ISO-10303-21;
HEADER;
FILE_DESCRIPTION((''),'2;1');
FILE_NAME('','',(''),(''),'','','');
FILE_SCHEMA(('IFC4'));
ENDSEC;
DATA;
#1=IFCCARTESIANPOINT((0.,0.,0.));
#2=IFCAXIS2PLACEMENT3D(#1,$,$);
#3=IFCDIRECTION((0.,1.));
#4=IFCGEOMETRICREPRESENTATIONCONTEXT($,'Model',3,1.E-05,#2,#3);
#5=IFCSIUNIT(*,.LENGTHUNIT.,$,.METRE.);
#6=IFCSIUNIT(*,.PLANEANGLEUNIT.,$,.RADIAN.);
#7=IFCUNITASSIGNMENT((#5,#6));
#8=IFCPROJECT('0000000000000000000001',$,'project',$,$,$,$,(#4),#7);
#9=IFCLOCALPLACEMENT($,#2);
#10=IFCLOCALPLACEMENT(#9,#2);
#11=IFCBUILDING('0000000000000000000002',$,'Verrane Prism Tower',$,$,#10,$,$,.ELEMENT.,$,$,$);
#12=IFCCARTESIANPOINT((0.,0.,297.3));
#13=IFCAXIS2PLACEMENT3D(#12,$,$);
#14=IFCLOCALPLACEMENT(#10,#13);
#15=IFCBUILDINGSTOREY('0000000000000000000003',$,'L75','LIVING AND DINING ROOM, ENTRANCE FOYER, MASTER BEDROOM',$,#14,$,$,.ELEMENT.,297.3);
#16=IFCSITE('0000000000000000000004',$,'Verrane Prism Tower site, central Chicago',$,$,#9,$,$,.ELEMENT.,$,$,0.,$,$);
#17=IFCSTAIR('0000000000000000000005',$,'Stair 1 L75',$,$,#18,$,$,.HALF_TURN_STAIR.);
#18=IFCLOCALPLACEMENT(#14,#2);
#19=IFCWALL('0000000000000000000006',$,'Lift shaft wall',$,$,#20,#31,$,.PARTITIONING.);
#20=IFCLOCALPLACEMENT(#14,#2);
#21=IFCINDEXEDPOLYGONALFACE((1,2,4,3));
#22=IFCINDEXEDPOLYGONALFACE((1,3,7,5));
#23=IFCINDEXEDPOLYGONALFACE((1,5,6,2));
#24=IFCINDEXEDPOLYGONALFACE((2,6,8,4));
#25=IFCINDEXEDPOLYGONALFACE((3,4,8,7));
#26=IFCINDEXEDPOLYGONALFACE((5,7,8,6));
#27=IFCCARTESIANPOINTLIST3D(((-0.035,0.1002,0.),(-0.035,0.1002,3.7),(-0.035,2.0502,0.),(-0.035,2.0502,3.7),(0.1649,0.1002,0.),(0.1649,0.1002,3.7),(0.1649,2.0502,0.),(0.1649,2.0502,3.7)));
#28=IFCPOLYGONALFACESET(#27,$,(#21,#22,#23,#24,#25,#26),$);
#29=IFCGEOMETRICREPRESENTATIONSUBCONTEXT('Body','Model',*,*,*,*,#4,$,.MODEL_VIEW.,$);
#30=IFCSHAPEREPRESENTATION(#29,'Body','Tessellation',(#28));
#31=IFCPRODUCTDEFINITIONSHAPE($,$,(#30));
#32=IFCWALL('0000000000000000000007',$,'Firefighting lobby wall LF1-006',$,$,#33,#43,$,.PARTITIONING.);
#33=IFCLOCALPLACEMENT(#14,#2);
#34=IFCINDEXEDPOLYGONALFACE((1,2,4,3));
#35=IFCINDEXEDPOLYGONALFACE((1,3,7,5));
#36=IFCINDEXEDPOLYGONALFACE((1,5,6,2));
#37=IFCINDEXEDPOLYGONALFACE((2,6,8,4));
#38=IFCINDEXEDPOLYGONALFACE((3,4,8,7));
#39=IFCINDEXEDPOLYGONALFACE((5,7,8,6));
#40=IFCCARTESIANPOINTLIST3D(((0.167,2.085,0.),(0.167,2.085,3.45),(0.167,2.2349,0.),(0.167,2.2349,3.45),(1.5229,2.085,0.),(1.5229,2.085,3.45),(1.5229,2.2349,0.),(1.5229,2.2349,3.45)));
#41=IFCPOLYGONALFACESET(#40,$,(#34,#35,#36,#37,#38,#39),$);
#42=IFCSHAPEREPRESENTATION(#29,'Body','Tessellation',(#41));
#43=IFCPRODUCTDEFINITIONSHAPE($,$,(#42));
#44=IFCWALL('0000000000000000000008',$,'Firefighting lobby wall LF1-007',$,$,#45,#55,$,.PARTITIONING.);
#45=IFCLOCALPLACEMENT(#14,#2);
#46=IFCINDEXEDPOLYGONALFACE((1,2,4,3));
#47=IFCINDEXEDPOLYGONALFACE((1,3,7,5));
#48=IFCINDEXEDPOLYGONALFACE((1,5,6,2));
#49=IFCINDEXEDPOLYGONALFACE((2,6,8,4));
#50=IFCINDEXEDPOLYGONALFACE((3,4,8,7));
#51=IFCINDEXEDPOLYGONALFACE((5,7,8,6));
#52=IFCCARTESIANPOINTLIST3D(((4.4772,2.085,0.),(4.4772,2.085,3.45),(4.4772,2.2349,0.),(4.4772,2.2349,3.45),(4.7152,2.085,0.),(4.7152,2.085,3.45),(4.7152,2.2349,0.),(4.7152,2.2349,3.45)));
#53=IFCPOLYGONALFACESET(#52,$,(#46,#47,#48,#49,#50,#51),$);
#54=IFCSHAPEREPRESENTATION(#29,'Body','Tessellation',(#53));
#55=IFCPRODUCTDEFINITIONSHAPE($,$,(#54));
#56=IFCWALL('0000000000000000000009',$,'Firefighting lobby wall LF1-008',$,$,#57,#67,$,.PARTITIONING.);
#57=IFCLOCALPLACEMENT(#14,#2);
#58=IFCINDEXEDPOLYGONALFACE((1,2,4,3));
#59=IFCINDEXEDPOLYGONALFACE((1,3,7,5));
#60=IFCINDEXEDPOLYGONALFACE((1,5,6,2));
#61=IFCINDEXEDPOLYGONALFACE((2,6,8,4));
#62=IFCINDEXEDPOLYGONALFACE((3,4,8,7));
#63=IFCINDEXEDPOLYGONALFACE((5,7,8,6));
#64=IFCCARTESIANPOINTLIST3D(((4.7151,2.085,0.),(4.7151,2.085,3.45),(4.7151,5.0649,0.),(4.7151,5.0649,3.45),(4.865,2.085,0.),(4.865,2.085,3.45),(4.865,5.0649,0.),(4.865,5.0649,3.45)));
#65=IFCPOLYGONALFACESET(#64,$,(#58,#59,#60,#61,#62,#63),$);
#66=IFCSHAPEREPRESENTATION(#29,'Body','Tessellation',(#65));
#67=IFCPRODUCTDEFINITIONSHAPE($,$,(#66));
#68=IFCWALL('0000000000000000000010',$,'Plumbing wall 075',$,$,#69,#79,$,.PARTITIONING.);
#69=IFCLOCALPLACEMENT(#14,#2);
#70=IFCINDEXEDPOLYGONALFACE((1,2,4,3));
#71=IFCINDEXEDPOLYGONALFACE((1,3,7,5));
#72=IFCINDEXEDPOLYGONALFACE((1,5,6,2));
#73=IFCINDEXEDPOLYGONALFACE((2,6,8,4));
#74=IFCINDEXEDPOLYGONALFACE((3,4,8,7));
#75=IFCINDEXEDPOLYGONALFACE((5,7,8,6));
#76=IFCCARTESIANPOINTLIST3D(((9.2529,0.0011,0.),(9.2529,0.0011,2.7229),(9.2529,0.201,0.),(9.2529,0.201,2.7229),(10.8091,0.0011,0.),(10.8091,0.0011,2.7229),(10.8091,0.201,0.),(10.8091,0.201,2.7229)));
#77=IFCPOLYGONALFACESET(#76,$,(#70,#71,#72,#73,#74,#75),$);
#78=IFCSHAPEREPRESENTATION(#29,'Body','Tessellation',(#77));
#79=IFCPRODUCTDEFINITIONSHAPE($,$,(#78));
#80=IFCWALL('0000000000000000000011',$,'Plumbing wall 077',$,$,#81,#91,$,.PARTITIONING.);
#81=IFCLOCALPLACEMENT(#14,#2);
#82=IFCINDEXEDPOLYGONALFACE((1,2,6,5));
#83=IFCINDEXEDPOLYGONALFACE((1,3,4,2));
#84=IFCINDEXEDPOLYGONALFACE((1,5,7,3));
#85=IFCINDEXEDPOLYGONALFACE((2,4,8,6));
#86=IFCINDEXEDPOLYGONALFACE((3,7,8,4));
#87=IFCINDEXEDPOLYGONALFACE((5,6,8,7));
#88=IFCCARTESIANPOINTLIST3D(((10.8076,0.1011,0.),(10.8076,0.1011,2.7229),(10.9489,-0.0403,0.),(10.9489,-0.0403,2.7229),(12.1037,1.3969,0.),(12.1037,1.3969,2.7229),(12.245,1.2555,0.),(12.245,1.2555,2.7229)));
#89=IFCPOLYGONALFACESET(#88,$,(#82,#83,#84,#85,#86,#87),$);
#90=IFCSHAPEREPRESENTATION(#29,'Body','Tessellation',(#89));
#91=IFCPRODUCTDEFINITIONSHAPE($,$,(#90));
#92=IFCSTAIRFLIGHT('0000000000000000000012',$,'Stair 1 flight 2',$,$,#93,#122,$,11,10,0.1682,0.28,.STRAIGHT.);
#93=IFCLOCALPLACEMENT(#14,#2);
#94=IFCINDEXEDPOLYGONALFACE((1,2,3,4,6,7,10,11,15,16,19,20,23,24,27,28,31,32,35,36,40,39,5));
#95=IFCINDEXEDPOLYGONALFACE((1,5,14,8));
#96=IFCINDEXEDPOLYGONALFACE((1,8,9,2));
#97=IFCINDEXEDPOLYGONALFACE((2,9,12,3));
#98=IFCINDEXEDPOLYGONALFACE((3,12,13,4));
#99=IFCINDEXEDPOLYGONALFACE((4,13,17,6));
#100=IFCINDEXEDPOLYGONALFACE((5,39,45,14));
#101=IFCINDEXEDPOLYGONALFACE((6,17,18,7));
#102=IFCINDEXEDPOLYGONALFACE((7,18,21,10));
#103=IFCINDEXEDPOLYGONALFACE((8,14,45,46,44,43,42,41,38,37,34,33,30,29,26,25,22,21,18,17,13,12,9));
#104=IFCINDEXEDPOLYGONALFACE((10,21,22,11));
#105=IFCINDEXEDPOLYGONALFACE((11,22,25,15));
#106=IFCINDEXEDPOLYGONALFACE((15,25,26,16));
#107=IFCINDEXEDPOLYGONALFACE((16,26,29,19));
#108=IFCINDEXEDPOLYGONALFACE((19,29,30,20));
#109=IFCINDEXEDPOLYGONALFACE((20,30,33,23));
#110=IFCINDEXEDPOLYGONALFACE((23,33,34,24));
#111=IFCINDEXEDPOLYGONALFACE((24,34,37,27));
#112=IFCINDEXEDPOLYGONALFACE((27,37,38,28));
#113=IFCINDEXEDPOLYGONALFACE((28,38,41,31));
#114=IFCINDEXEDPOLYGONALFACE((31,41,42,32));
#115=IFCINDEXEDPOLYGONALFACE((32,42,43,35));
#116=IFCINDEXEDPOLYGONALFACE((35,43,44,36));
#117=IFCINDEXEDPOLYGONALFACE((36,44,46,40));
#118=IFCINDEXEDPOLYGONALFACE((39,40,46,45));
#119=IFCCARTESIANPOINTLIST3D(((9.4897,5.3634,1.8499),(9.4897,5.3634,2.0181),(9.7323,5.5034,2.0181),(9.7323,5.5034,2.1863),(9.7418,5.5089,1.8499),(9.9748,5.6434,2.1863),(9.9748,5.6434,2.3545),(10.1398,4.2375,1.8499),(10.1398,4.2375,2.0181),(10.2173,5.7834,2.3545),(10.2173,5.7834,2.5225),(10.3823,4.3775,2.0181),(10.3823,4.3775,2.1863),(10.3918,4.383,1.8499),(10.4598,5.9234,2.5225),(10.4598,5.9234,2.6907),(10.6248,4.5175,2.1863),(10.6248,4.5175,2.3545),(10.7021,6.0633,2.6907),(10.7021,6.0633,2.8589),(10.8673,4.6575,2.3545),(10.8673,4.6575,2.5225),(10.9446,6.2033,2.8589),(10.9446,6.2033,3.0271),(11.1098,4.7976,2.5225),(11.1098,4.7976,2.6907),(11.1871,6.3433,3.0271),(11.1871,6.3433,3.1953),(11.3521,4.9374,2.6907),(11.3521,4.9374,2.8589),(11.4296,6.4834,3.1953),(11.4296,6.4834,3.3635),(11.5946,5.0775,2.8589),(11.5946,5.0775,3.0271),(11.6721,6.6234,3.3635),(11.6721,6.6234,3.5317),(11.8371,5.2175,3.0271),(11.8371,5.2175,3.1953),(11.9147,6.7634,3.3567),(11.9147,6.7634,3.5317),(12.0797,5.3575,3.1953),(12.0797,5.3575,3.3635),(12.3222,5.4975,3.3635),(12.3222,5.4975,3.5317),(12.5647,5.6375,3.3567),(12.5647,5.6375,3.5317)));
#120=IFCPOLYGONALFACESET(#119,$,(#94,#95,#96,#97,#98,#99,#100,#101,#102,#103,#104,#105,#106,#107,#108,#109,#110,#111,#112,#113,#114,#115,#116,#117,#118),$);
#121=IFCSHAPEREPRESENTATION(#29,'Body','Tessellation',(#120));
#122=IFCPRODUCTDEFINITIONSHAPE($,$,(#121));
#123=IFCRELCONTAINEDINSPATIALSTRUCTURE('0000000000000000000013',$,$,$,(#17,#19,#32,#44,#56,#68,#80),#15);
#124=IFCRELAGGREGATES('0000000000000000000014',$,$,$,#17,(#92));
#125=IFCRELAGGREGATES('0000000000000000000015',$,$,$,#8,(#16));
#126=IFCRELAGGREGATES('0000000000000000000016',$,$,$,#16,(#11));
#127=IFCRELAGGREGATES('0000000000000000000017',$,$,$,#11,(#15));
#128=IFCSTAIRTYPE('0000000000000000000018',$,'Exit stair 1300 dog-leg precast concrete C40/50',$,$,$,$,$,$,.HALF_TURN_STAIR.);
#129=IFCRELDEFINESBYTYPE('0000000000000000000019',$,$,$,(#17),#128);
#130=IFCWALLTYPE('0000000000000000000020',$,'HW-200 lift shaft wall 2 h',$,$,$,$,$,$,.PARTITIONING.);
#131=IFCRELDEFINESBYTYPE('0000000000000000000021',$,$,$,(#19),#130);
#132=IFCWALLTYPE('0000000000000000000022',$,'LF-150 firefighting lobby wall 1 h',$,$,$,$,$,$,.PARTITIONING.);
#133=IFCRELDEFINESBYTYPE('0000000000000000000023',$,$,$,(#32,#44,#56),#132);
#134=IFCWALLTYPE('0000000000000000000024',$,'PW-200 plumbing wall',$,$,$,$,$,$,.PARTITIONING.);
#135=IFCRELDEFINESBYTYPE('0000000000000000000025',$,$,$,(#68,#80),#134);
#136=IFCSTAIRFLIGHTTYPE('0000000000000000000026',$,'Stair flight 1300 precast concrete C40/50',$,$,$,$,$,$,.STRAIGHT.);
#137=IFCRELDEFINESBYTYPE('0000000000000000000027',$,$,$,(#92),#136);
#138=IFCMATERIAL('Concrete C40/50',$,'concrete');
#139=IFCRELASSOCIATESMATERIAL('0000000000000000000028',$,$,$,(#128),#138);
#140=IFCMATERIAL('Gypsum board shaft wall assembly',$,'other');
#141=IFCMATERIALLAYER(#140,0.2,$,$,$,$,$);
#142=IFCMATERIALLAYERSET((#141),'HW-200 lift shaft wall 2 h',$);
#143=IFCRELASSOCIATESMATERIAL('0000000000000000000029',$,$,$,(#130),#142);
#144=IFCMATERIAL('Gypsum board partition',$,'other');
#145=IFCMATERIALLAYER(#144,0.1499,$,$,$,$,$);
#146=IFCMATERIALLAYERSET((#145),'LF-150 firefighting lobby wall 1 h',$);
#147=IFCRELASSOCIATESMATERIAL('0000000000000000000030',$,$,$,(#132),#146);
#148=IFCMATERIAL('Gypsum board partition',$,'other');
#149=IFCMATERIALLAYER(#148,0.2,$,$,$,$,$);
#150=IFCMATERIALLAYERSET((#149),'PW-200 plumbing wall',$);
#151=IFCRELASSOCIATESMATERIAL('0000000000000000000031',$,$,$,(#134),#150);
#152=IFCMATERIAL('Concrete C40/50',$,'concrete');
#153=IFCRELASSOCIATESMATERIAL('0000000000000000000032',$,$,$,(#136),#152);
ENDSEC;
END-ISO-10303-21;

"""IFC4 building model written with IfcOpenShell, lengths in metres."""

from ifc_helpers import new_model, si_unit, direction, frame, frame_2d, origin, place, context, subcontext, project, spatial, polyline, rectangle, outline, extrude, material, layer, layer_set, type_object, element, aggregate, save


model = new_model("IFC4")

# Units and contexts
model_context = context("Model", 3, precision=1e-05, world=origin(), true_north=direction((0.0, 1.0)))
body_context = subcontext(model_context, "Body", "Model", "MODEL_VIEW")
ifc_project = project(units=[si_unit("LENGTHUNIT", "METRE"), si_unit("PLANEANGLEUNIT", "RADIAN")], contexts=[model_context])

# Site, building, storey
site_placement = place(None, origin())
site = spatial("IfcSite", under=ifc_project, at=site_placement, Name="Verrane Prism Tower site, central Chicago", CompositionType="ELEMENT", RefElevation=0.0)
building_placement = place(site_placement, origin())
building = spatial("IfcBuilding", under=site, at=building_placement, Name="Verrane Prism Tower", CompositionType="ELEMENT")
storey_placement = place(building_placement, frame((0.0, 0.0, 297.3)))
storey = spatial("IfcBuildingStorey", under=building, at=storey_placement, Name="L75", Description="LIVING AND DINING ROOM, ENTRANCE FOYER, MASTER BEDROOM", CompositionType="ELEMENT", Elevation=297.3)

# Stair
ifc_material_1 = material(Name="Concrete C40/50", Category="concrete")
stair_type = type_object("IfcStairType", Name="Exit stair 1300 dog-leg precast concrete C40/50", PredefinedType="HALF_TURN_STAIR", material=ifc_material_1)
stair_1_placement = place(storey_placement, origin())
stair_1 = element("IfcStair", 1, at=stair_1_placement, inside=storey, type_object=stair_type, Name="Stair 1 L75", PredefinedType="HALF_TURN_STAIR")

# Shared definitions
ifc_material_2 = material(Name="Gypsum board shaft wall assembly", Category="other")
ifc_layer_1 = layer(ifc_material_2, 0.2)
ifc_layer_set_1 = layer_set([ifc_layer_1], Name="HW-200 lift shaft wall 2 h")
wall_type_1 = type_object("IfcWallType", Name="HW-200 lift shaft wall 2 h", PredefinedType="PARTITIONING", material=ifc_layer_set_1)

# Walls
for number, where, z_axis, x_axis, name in (
    (2, (0.0649, 0.1001, 0.0), (0.0, 0.0, 1.0), (0.0, 1.0, 0.0), "Lift shaft wall"),
):
    element("IfcWall", number, at=place(storey_placement, frame(where, z_axis=z_axis, x_axis=x_axis)), inside=storey, type_object=wall_type_1, Name=name, PredefinedType="PARTITIONING", context=body_context, shape_type="SweptSolid", body=[
        extrude(rectangle(XDim=1.95, YDim=0.2, at=frame_2d((0.9751, 0.0))), origin(), (0.0, 0.0, 1.0), 3.7),
    ])
ifc_material_3 = material(Name="Gypsum board partition", Category="other")
ifc_layer_2 = layer(ifc_material_3, 0.1499)
ifc_layer_set_2 = layer_set([ifc_layer_2], Name="LF-150 firefighting lobby wall 1 h")
wall_type_2 = type_object("IfcWallType", Name="LF-150 firefighting lobby wall 1 h", PredefinedType="PARTITIONING", material=ifc_layer_set_2)
wall_1_placement = place(storey_placement, frame((0.167, 2.1599, 0.0), z_axis=(0.0, 0.0, 1.0), x_axis=(1.0, 0.0, 0.0)))
element("IfcWall", 3, at=wall_1_placement, inside=storey, type_object=wall_type_2, Name="Firefighting lobby wall LF1-006", PredefinedType="PARTITIONING", context=body_context, shape_type="SweptSolid", body=[
    extrude(rectangle(XDim=1.356, YDim=0.1499, at=frame_2d((0.678, 0.0))), origin(), (0.0, 0.0, 1.0), 3.45),
])
wall_2_placement = place(storey_placement, frame((4.4771, 2.1599, 0.0), z_axis=(0.0, 0.0, 1.0), x_axis=(1.0, 0.0, 0.0)))
element("IfcWall", 4, at=wall_2_placement, inside=storey, type_object=wall_type_2, Name="Firefighting lobby wall LF1-007", PredefinedType="PARTITIONING", context=body_context, shape_type="SweptSolid", body=[
    extrude(rectangle(XDim=0.238, YDim=0.1499, at=frame_2d((0.1191, 0.0))), origin(), (0.0, 0.0, 1.0), 3.45),
])
wall_3_placement = place(storey_placement, frame((4.79, 2.085, 0.0), z_axis=(0.0, 0.0, 1.0), x_axis=(0.0, 1.0, 0.0)))
element("IfcWall", 5, at=wall_3_placement, inside=storey, type_object=wall_type_2, Name="Firefighting lobby wall LF1-008", PredefinedType="PARTITIONING", context=body_context, shape_type="SweptSolid", body=[
    extrude(rectangle(XDim=2.98, YDim=0.1499, at=frame_2d((1.49, 0.0))), origin(), (0.0, 0.0, 1.0), 3.45),
])
ifc_material_4 = material(Name="Gypsum board partition", Category="other")
ifc_layer_3 = layer(ifc_material_4, 0.2)
ifc_layer_set_3 = layer_set([ifc_layer_3], Name="PW-200 plumbing wall")
wall_type_3 = type_object("IfcWallType", Name="PW-200 plumbing wall", PredefinedType="PARTITIONING", material=ifc_layer_set_3)
wall_4_placement = place(storey_placement, frame((9.2529, 0.1011, 0.0), z_axis=(0.0, 0.0, 1.0), x_axis=(1.0, 0.0, 0.0)))
element("IfcWall", 6, at=wall_4_placement, inside=storey, type_object=wall_type_3, Name="Plumbing wall 075", PredefinedType="PARTITIONING", context=body_context, shape_type="SweptSolid", body=[
    extrude(rectangle(XDim=1.5562, YDim=0.2, at=frame_2d((0.7781, 0.0))), origin(), (0.0, 0.0, 1.0), 2.7229),
])
wall_5_placement = place(storey_placement, frame((10.8782, 0.0303, 0.0), z_axis=(0.0, 0.0, 1.0), x_axis=(0.707173, 0.70704, 0.0)))
element("IfcWall", 7, at=wall_5_placement, inside=storey, type_object=wall_type_3, Name="Plumbing wall 077", PredefinedType="PARTITIONING", context=body_context, shape_type="SweptSolid", body=[
    extrude(rectangle(XDim=1.8328, YDim=0.2, at=frame_2d((0.9165, 0.0))), origin(), (0.0, 0.0, 1.0), 2.7229),
])

# Stair flight
ifc_material_5 = material(Name="Concrete C40/50", Category="concrete")
stair_flight_type = type_object("IfcStairFlightType", Name="Stair flight 1300 precast concrete C40/50", PredefinedType="STRAIGHT", material=ifc_material_5)
stair_flight_placement = place(storey_placement, frame((9.8147, 4.8005, 1.8499), z_axis=(0.0, 0.0, 1.0), x_axis=(0.866025, 0.5, 0.0)))
stair_flight = element("IfcStairFlight", 8, at=stair_flight_placement, type_object=stair_flight_type, Name="Stair 1 flight 2", NumberOfRisers=11, NumberOfTreads=10, PredefinedType="STRAIGHT", RiserHeight=0.1682, TreadLength=0.28, context=body_context, shape_type="SweptSolid", body=[
    extrude(outline(polyline([(0.0, 0.0), (0.0, 0.1682), (0.28, 0.1682), (0.28, 0.3364), (0.5601, 0.3364), (0.5601, 0.5046), (0.8401, 0.5046), (0.8401, 0.6726), (1.1201, 0.6726), (1.1201, 0.8408), (1.3999, 0.8408), (1.3999, 1.009), (1.6799, 1.009), (1.6799, 1.1772), (1.96, 1.1772), (1.96, 1.3455), (2.24, 1.3455), (2.24, 1.5137), (2.52, 1.5137), (2.52, 1.6819), (2.8, 1.6819), (2.8, 1.8501), (2.8, 1.5068), (0.291, 0.0), (0.0, 0.0)])), frame((0.0, 0.6499, 0.0), z_axis=(0.0, -1.0, 0.0), x_axis=(1.0, 0.0, 0.0)), (0.0, 0.0, 1.0), 1.3),
])
aggregate(stair_1, [stair_flight])

save(model, "model.ifc")
